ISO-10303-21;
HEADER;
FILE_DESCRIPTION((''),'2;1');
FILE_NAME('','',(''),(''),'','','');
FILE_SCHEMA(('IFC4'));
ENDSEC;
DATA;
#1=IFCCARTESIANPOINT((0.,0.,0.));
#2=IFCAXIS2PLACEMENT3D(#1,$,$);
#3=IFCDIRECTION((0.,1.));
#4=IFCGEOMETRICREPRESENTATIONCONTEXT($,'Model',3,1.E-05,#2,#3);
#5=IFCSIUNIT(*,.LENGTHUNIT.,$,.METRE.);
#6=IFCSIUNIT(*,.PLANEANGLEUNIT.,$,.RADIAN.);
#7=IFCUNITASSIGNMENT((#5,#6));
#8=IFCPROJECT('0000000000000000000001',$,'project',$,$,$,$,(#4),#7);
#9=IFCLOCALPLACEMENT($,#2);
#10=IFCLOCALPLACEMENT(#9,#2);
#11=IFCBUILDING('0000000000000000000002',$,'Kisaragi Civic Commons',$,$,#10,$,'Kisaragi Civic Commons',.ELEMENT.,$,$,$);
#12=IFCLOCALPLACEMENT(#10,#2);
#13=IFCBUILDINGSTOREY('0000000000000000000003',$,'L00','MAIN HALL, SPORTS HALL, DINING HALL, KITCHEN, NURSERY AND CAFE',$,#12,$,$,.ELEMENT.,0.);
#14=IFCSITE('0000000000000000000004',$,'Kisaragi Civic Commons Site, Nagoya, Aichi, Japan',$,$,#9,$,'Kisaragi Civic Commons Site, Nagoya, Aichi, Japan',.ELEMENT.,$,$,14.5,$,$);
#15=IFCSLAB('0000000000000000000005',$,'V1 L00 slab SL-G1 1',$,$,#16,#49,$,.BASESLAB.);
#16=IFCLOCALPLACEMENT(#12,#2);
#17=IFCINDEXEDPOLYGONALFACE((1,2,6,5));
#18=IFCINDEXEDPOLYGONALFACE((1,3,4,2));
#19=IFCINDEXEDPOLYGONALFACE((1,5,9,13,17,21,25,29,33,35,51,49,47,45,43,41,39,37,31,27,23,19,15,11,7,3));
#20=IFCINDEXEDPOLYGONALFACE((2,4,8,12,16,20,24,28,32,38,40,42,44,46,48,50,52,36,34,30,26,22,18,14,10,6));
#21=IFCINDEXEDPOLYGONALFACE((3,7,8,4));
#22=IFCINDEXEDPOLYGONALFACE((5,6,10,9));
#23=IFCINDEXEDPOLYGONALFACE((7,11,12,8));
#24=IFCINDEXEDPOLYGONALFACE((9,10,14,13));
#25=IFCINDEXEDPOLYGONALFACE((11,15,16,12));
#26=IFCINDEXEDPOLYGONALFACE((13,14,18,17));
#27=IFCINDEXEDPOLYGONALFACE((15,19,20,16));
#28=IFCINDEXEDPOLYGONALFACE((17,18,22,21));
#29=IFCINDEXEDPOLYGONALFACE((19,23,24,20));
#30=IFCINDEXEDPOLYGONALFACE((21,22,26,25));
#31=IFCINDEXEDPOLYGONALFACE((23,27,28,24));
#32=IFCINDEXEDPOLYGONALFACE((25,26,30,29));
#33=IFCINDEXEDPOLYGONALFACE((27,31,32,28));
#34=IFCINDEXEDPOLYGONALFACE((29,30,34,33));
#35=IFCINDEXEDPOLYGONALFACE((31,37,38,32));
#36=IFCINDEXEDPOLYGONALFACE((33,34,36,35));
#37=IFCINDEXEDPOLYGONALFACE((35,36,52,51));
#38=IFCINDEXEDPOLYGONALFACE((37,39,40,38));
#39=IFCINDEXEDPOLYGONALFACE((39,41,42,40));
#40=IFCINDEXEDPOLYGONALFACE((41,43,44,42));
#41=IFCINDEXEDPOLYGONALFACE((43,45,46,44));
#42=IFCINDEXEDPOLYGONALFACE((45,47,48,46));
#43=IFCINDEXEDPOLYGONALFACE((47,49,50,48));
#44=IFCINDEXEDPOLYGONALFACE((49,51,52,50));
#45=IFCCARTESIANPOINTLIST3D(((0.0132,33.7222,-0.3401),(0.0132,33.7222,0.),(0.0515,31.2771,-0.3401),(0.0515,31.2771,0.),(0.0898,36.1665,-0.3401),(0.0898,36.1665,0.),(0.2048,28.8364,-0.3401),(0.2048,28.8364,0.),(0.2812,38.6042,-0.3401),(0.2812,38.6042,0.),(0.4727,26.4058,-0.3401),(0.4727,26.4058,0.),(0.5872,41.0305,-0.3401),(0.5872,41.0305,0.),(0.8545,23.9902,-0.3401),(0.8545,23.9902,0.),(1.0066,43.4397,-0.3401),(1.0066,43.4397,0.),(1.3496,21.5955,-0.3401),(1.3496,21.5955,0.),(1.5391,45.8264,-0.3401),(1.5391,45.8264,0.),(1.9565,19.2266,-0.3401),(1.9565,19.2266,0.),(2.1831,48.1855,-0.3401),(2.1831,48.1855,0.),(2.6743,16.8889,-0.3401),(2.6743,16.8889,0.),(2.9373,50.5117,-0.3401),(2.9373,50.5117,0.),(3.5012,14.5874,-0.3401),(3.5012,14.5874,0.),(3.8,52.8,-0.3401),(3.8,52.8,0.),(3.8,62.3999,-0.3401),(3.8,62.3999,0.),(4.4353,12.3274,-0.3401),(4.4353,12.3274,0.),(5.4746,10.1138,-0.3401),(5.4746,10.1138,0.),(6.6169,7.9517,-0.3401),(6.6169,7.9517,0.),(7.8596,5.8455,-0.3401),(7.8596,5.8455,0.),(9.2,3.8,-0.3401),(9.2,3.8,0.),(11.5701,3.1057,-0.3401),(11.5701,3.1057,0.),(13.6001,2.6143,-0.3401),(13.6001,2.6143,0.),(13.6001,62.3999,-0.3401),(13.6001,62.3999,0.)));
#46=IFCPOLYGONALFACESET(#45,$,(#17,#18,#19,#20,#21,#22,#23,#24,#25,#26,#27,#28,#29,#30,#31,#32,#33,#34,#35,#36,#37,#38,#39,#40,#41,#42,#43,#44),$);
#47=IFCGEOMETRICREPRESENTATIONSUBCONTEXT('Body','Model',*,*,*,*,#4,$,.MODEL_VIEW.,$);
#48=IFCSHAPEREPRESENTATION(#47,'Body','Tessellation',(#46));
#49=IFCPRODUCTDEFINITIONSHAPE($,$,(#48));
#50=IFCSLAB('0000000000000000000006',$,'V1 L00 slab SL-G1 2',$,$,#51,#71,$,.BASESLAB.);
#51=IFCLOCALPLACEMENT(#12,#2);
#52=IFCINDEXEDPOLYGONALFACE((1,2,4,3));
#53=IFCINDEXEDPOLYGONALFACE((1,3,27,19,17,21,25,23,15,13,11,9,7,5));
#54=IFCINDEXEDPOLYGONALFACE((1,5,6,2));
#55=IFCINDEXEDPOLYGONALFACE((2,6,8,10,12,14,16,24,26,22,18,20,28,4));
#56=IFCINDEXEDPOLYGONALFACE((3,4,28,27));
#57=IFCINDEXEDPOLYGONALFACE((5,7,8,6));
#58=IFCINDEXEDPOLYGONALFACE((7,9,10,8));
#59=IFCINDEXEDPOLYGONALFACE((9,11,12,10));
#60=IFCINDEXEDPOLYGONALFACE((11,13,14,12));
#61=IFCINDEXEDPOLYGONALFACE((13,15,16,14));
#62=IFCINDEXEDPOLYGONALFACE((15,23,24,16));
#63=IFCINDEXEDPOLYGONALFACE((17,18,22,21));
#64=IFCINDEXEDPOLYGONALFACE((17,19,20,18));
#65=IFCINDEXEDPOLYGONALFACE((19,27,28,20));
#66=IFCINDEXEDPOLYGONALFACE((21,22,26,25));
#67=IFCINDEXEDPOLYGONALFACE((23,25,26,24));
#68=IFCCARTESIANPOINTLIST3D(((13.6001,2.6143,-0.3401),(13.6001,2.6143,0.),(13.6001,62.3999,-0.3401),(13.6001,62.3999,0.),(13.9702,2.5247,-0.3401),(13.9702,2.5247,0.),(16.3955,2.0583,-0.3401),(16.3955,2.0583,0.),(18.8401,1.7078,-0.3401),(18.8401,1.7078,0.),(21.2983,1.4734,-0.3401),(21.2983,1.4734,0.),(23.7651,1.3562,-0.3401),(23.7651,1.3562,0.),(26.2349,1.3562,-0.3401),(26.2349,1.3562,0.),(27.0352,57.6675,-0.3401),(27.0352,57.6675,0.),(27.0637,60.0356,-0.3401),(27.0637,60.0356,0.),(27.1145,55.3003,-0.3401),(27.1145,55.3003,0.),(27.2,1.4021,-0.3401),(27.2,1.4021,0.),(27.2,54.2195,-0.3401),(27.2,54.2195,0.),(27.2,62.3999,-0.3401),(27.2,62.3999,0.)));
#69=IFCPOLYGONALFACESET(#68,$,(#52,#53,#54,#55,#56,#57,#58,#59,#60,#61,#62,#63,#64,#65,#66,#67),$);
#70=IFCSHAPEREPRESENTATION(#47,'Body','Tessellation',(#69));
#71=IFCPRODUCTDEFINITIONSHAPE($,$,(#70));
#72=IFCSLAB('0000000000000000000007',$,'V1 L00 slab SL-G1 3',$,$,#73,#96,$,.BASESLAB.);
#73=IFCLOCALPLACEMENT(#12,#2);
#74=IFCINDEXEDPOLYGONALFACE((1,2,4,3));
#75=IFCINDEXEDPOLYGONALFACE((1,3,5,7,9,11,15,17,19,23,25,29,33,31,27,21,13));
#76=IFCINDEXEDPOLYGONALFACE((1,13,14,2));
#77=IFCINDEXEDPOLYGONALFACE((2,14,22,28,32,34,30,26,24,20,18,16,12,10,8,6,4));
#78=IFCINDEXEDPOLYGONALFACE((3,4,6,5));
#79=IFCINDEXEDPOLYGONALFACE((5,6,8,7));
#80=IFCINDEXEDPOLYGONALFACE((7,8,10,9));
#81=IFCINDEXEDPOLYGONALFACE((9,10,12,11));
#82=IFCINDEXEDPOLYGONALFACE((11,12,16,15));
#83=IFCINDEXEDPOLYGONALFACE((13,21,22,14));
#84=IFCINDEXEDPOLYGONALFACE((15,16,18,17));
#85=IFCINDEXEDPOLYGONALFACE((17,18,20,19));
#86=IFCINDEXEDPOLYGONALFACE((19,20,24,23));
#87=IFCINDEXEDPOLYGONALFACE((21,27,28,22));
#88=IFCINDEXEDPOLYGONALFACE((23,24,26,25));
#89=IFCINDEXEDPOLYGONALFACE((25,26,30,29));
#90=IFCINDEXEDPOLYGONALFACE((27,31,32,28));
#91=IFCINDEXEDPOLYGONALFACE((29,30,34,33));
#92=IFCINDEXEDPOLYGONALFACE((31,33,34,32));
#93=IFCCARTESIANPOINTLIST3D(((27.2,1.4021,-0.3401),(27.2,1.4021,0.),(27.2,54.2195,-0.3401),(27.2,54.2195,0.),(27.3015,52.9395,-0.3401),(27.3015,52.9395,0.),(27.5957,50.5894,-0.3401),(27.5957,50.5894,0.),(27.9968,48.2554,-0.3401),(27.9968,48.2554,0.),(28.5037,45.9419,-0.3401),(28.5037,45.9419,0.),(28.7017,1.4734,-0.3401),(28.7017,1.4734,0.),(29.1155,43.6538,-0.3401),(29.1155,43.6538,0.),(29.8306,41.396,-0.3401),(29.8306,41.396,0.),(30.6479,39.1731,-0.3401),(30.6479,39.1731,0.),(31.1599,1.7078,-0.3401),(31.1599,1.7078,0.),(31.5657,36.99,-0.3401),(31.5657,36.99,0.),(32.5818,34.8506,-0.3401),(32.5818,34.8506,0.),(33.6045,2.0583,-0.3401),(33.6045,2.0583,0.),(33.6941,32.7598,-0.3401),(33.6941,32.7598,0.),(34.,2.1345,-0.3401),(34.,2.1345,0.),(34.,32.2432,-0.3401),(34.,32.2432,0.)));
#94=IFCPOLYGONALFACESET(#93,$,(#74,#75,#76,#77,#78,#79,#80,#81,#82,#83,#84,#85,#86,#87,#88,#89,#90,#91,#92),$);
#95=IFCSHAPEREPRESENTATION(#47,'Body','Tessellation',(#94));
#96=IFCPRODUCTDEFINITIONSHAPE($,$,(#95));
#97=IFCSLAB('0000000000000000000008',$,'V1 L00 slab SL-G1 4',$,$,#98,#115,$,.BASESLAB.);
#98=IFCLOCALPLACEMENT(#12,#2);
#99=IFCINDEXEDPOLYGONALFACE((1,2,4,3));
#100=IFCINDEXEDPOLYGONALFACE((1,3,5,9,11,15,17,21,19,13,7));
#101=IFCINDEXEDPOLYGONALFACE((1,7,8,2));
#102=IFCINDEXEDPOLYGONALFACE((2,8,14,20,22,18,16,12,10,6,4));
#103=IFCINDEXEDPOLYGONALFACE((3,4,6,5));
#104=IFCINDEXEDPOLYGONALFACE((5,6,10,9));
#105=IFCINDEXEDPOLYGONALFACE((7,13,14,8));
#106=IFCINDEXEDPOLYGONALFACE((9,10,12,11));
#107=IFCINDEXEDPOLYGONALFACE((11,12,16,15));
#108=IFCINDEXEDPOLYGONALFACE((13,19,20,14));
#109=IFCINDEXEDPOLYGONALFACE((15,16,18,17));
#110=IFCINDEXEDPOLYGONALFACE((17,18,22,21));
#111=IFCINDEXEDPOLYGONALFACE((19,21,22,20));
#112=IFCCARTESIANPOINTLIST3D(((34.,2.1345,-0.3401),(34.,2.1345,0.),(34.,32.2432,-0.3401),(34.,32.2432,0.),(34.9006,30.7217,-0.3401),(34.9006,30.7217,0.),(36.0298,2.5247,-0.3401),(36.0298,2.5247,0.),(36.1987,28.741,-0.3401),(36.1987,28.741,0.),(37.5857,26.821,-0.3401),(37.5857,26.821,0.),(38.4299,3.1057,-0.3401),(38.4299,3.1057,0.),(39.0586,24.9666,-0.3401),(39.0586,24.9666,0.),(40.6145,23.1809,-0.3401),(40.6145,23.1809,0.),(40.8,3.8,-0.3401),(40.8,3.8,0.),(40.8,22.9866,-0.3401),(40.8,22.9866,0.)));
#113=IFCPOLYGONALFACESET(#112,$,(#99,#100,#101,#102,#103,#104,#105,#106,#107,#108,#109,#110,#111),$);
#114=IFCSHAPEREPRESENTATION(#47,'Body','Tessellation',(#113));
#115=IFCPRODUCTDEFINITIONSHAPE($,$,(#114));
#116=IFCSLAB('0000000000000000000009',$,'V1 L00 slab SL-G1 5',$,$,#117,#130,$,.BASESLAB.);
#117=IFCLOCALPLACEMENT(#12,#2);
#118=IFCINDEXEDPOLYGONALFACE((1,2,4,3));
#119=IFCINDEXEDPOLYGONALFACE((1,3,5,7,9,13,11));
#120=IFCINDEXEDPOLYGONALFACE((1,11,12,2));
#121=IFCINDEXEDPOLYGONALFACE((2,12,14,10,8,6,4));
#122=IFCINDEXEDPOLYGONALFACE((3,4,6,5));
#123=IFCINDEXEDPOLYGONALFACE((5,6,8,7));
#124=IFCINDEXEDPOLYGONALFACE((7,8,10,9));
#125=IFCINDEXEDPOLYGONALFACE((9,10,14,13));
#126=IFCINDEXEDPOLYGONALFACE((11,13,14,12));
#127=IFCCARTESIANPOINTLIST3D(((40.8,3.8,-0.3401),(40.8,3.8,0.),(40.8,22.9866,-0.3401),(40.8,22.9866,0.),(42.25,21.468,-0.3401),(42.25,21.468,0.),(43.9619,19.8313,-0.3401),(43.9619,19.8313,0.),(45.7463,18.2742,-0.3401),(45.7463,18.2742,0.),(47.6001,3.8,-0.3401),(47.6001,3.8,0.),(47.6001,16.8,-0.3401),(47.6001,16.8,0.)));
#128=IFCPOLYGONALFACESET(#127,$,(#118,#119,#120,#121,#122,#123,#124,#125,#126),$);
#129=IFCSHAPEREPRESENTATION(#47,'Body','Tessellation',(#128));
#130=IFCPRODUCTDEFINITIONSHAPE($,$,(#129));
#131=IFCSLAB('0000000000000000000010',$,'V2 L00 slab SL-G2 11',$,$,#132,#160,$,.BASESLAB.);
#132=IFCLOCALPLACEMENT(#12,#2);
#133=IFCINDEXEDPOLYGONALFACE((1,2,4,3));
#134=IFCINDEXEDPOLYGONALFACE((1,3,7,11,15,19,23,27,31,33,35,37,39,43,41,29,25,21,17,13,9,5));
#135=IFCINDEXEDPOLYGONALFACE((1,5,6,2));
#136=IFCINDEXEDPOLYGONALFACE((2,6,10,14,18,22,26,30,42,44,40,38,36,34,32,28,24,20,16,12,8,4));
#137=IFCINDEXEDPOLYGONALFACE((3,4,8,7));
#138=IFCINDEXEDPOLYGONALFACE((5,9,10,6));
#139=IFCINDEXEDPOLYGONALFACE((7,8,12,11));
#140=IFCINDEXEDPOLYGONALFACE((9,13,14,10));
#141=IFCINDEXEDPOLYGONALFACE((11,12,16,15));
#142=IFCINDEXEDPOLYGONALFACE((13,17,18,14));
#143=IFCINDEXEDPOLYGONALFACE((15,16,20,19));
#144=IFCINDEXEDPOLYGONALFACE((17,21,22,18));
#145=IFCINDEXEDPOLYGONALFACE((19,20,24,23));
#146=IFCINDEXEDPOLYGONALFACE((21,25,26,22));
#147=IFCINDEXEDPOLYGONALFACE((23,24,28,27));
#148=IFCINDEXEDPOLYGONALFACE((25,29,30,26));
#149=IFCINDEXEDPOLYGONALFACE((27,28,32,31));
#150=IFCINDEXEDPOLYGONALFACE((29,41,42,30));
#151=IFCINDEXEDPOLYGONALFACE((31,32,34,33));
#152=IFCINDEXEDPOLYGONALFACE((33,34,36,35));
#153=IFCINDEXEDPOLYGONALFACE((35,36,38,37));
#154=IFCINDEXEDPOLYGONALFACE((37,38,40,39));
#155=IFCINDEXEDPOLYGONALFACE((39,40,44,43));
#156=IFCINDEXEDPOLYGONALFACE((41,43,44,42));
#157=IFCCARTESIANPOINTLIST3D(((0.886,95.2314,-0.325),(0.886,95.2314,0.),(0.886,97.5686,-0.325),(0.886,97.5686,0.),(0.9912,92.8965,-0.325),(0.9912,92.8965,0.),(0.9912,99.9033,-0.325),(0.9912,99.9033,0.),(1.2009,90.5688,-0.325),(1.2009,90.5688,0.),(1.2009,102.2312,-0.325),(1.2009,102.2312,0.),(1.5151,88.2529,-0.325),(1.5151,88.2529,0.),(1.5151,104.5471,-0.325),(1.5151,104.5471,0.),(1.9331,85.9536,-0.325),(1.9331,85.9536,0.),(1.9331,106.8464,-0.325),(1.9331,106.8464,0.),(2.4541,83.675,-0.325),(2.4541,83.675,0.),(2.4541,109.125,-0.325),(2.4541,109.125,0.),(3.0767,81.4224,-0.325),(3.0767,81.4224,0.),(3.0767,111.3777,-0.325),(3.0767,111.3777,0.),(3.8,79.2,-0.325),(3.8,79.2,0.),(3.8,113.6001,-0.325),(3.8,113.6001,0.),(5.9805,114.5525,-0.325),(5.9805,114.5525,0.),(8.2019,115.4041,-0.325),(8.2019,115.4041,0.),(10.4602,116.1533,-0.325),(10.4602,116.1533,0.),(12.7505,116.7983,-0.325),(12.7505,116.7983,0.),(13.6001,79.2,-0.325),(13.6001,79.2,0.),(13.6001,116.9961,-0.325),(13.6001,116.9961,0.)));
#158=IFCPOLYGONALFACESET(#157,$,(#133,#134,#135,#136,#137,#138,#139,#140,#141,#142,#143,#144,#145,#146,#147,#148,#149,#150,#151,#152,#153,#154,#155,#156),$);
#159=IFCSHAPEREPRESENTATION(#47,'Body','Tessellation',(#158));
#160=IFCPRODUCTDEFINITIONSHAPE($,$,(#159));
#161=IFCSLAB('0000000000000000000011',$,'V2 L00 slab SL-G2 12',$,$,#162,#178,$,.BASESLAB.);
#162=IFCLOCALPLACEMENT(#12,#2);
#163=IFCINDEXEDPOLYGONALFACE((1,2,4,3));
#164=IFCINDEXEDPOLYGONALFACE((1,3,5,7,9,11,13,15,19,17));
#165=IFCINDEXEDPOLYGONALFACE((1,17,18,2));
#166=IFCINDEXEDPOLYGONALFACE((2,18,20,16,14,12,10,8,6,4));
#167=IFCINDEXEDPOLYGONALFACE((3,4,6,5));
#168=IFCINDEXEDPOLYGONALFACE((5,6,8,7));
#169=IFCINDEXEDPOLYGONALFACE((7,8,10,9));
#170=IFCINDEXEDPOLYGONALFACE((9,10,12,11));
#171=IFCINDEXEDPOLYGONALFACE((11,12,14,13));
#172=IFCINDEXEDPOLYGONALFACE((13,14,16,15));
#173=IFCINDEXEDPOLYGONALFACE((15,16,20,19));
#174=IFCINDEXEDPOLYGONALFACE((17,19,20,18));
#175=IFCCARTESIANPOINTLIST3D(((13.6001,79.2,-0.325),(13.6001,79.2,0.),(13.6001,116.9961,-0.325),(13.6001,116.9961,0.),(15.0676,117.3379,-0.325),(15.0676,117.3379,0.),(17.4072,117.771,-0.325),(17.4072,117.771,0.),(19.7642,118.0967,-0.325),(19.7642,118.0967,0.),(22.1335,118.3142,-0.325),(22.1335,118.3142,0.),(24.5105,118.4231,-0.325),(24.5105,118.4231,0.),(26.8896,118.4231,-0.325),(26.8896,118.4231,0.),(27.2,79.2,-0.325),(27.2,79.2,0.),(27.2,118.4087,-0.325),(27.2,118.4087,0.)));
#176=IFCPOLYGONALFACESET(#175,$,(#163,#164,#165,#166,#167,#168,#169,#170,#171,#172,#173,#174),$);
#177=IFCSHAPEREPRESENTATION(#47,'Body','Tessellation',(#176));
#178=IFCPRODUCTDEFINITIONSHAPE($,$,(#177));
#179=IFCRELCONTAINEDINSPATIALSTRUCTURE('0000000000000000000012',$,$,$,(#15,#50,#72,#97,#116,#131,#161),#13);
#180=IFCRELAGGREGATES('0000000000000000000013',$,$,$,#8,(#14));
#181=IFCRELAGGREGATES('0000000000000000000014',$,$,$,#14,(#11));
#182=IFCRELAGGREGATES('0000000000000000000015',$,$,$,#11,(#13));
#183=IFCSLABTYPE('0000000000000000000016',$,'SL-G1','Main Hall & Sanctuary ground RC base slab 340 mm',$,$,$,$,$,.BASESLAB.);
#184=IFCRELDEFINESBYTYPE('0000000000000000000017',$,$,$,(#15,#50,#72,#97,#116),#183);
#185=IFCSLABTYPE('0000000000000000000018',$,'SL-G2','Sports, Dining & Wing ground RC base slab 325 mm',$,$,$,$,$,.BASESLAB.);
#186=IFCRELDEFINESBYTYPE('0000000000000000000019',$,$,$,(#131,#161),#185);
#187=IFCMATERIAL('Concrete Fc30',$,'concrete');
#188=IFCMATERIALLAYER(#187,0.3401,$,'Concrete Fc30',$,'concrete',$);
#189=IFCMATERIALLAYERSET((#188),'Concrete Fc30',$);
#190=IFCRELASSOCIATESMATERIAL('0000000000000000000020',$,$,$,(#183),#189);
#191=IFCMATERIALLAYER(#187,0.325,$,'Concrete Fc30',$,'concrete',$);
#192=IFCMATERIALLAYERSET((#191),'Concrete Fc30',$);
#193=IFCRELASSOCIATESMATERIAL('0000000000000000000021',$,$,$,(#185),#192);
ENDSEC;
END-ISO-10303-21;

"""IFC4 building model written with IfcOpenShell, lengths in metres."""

from ifc_helpers import new_model, si_unit, direction, frame, origin, place, context, subcontext, project, spatial, polyline, outline, extrude, material, layer, layer_set, type_object, element, save


model = new_model("IFC4")

# Units and contexts
model_context = context("Model", 3, precision=1e-05, world=origin(), true_north=direction((0.0, 1.0)))
body_context = subcontext(model_context, "Body", "Model", "MODEL_VIEW")
ifc_project = project(units=[si_unit("LENGTHUNIT", "METRE"), si_unit("PLANEANGLEUNIT", "RADIAN")], contexts=[model_context])

# Site, building, storey
site_placement = place(None, origin())
site = spatial("IfcSite", under=ifc_project, at=site_placement, Name="Kisaragi Civic Commons Site, Nagoya, Aichi, Japan", LongName="Kisaragi Civic Commons Site, Nagoya, Aichi, Japan", CompositionType="ELEMENT", RefElevation=14.5)
building_placement = place(site_placement, origin())
building = spatial("IfcBuilding", under=site, at=building_placement, Name="Kisaragi Civic Commons", LongName="Kisaragi Civic Commons", CompositionType="ELEMENT")
storey_placement = place(building_placement, origin())
storey = spatial("IfcBuildingStorey", under=building, at=storey_placement, Name="L00", Description="MAIN HALL, SPORTS HALL, DINING HALL, KITCHEN, NURSERY AND CAFE", CompositionType="ELEMENT", Elevation=0.0)

# Slabs
ifc_material = material(Name="Concrete Fc30", Category="concrete")
ifc_layer_1 = layer(ifc_material, 0.3401, Name="Concrete Fc30", Category="concrete")
ifc_layer_set_1 = layer_set([ifc_layer_1], Name="Concrete Fc30")
slab_type_1 = type_object("IfcSlabType", Name="SL-G1", Description="Main Hall & Sanctuary ground RC base slab 340 mm", PredefinedType="BASESLAB", material=ifc_layer_set_1)
slab_1_placement = place(storey_placement, frame((0.0, 0.0, -0.3401)))
element("IfcSlab", 1, at=slab_1_placement, inside=storey, type_object=slab_type_1, Name="V1 L00 slab SL-G1 1", PredefinedType="BASESLAB", context=body_context, shape_type="SweptSolid", body=[
    extrude(outline(polyline([(13.6001, 2.6143), (13.6001, 62.3999), (3.8, 62.3999), (3.8, 52.8), (2.9373, 50.5117), (2.1831, 48.1855), (1.5391, 45.8264), (1.0066, 43.4397), (0.5872, 41.0305), (0.2812, 38.6042), (0.0898, 36.1665), (0.0132, 33.7222), (0.0515, 31.2771), (0.2048, 28.8364), (0.4727, 26.4058), (0.8545, 23.9902), (1.3496, 21.5955), (1.9565, 19.2266), (2.6743, 16.8889), (3.5012, 14.5874), (4.4353, 12.3274), (5.4746, 10.1138), (6.6169, 7.9517), (7.8596, 5.8455), (9.2, 3.8), (11.5701, 3.1057), (13.6001, 2.6143)])), origin(), (0.0, 0.0, 1.0), 0.3401),
])
slab_2_placement = place(storey_placement, frame((0.0, 0.0, -0.3401)))
element("IfcSlab", 2, at=slab_2_placement, inside=storey, type_object=slab_type_1, Name="V1 L00 slab SL-G1 2", PredefinedType="BASESLAB", context=body_context, shape_type="SweptSolid", body=[
    extrude(outline(polyline([(27.2, 1.4021), (27.2, 54.2195), (27.1145, 55.3003), (27.0352, 57.6675), (27.0637, 60.0356), (27.2, 62.3999), (13.6001, 62.3999), (13.6001, 2.6143), (13.9702, 2.5247), (16.3955, 2.0583), (18.8401, 1.7078), (21.2983, 1.4734), (23.7651, 1.3562), (26.2349, 1.3562), (27.2, 1.4021)])), origin(), (0.0, 0.0, 1.0), 0.3401),
])
slab_3_placement = place(storey_placement, frame((0.0, 0.0, -0.3401)))
element("IfcSlab", 3, at=slab_3_placement, inside=storey, type_object=slab_type_1, Name="V1 L00 slab SL-G1 3", PredefinedType="BASESLAB", context=body_context, shape_type="SweptSolid", body=[
    extrude(outline(polyline([(34.0, 2.1345), (34.0, 32.2432), (33.6941, 32.7598), (32.5818, 34.8506), (31.5657, 36.99), (30.6479, 39.1731), (29.8306, 41.396), (29.1155, 43.6538), (28.5037, 45.9419), (27.9968, 48.2554), (27.5957, 50.5894), (27.3015, 52.9395), (27.2, 54.2195), (27.2, 1.4021), (28.7017, 1.4734), (31.1599, 1.7078), (33.6045, 2.0583), (34.0, 2.1345)])), origin(), (0.0, 0.0, 1.0), 0.3401),
])
slab_4_placement = place(storey_placement, frame((0.0, 0.0, -0.3401)))
element("IfcSlab", 4, at=slab_4_placement, inside=storey, type_object=slab_type_1, Name="V1 L00 slab SL-G1 4", PredefinedType="BASESLAB", context=body_context, shape_type="SweptSolid", body=[
    extrude(outline(polyline([(40.8, 3.8), (40.8, 22.9866), (40.6145, 23.1809), (39.0586, 24.9666), (37.5857, 26.821), (36.1987, 28.741), (34.9006, 30.7217), (34.0, 32.2432), (34.0, 2.1345), (36.0298, 2.5247), (38.4299, 3.1057), (40.8, 3.8)])), origin(), (0.0, 0.0, 1.0), 0.3401),
])
slab_5_placement = place(storey_placement, frame((0.0, 0.0, -0.3401)))
element("IfcSlab", 5, at=slab_5_placement, inside=storey, type_object=slab_type_1, Name="V1 L00 slab SL-G1 5", PredefinedType="BASESLAB", context=body_context, shape_type="SweptSolid", body=[
    extrude(outline(polyline([(47.6001, 3.8), (47.6001, 16.8), (45.7463, 18.2742), (43.9619, 19.8313), (42.25, 21.468), (40.8, 22.9866), (40.8, 3.8), (47.6001, 3.8)])), origin(), (0.0, 0.0, 1.0), 0.3401),
])
ifc_layer_2 = layer(ifc_material, 0.325, Name="Concrete Fc30", Category="concrete")
ifc_layer_set_2 = layer_set([ifc_layer_2], Name="Concrete Fc30")
slab_type_2 = type_object("IfcSlabType", Name="SL-G2", Description="Sports, Dining & Wing ground RC base slab 325 mm", PredefinedType="BASESLAB", material=ifc_layer_set_2)
slab_6_placement = place(storey_placement, frame((0.0, 0.0, -0.325)))
element("IfcSlab", 6, at=slab_6_placement, inside=storey, type_object=slab_type_2, Name="V2 L00 slab SL-G2 11", PredefinedType="BASESLAB", context=body_context, shape_type="SweptSolid", body=[
    extrude(outline(polyline([(13.6001, 79.2), (13.6001, 116.9961), (12.7505, 116.7983), (10.4602, 116.1533), (8.2019, 115.4041), (5.9805, 114.5525), (3.8, 113.6001), (3.0767, 111.3777), (2.4541, 109.125), (1.9331, 106.8464), (1.5151, 104.5471), (1.2009, 102.2312), (0.9912, 99.9033), (0.886, 97.5686), (0.886, 95.2314), (0.9912, 92.8965), (1.2009, 90.5688), (1.5151, 88.2529), (1.9331, 85.9536), (2.4541, 83.675), (3.0767, 81.4224), (3.8, 79.2), (13.6001, 79.2)])), origin(), (0.0, 0.0, 1.0), 0.325),
])
slab_7_placement = place(storey_placement, frame((0.0, 0.0, -0.325)))
element("IfcSlab", 7, at=slab_7_placement, inside=storey, type_object=slab_type_2, Name="V2 L00 slab SL-G2 12", PredefinedType="BASESLAB", context=body_context, shape_type="SweptSolid", body=[
    extrude(outline(polyline([(27.2, 79.2), (27.2, 118.4087), (26.8896, 118.4231), (24.5105, 118.4231), (22.1335, 118.3142), (19.7642, 118.0967), (17.4072, 117.771), (15.0676, 117.3379), (13.6001, 116.9961), (13.6001, 79.2), (27.2, 79.2)])), origin(), (0.0, 0.0, 1.0), 0.325),
])

save(model, "model.ifc")
